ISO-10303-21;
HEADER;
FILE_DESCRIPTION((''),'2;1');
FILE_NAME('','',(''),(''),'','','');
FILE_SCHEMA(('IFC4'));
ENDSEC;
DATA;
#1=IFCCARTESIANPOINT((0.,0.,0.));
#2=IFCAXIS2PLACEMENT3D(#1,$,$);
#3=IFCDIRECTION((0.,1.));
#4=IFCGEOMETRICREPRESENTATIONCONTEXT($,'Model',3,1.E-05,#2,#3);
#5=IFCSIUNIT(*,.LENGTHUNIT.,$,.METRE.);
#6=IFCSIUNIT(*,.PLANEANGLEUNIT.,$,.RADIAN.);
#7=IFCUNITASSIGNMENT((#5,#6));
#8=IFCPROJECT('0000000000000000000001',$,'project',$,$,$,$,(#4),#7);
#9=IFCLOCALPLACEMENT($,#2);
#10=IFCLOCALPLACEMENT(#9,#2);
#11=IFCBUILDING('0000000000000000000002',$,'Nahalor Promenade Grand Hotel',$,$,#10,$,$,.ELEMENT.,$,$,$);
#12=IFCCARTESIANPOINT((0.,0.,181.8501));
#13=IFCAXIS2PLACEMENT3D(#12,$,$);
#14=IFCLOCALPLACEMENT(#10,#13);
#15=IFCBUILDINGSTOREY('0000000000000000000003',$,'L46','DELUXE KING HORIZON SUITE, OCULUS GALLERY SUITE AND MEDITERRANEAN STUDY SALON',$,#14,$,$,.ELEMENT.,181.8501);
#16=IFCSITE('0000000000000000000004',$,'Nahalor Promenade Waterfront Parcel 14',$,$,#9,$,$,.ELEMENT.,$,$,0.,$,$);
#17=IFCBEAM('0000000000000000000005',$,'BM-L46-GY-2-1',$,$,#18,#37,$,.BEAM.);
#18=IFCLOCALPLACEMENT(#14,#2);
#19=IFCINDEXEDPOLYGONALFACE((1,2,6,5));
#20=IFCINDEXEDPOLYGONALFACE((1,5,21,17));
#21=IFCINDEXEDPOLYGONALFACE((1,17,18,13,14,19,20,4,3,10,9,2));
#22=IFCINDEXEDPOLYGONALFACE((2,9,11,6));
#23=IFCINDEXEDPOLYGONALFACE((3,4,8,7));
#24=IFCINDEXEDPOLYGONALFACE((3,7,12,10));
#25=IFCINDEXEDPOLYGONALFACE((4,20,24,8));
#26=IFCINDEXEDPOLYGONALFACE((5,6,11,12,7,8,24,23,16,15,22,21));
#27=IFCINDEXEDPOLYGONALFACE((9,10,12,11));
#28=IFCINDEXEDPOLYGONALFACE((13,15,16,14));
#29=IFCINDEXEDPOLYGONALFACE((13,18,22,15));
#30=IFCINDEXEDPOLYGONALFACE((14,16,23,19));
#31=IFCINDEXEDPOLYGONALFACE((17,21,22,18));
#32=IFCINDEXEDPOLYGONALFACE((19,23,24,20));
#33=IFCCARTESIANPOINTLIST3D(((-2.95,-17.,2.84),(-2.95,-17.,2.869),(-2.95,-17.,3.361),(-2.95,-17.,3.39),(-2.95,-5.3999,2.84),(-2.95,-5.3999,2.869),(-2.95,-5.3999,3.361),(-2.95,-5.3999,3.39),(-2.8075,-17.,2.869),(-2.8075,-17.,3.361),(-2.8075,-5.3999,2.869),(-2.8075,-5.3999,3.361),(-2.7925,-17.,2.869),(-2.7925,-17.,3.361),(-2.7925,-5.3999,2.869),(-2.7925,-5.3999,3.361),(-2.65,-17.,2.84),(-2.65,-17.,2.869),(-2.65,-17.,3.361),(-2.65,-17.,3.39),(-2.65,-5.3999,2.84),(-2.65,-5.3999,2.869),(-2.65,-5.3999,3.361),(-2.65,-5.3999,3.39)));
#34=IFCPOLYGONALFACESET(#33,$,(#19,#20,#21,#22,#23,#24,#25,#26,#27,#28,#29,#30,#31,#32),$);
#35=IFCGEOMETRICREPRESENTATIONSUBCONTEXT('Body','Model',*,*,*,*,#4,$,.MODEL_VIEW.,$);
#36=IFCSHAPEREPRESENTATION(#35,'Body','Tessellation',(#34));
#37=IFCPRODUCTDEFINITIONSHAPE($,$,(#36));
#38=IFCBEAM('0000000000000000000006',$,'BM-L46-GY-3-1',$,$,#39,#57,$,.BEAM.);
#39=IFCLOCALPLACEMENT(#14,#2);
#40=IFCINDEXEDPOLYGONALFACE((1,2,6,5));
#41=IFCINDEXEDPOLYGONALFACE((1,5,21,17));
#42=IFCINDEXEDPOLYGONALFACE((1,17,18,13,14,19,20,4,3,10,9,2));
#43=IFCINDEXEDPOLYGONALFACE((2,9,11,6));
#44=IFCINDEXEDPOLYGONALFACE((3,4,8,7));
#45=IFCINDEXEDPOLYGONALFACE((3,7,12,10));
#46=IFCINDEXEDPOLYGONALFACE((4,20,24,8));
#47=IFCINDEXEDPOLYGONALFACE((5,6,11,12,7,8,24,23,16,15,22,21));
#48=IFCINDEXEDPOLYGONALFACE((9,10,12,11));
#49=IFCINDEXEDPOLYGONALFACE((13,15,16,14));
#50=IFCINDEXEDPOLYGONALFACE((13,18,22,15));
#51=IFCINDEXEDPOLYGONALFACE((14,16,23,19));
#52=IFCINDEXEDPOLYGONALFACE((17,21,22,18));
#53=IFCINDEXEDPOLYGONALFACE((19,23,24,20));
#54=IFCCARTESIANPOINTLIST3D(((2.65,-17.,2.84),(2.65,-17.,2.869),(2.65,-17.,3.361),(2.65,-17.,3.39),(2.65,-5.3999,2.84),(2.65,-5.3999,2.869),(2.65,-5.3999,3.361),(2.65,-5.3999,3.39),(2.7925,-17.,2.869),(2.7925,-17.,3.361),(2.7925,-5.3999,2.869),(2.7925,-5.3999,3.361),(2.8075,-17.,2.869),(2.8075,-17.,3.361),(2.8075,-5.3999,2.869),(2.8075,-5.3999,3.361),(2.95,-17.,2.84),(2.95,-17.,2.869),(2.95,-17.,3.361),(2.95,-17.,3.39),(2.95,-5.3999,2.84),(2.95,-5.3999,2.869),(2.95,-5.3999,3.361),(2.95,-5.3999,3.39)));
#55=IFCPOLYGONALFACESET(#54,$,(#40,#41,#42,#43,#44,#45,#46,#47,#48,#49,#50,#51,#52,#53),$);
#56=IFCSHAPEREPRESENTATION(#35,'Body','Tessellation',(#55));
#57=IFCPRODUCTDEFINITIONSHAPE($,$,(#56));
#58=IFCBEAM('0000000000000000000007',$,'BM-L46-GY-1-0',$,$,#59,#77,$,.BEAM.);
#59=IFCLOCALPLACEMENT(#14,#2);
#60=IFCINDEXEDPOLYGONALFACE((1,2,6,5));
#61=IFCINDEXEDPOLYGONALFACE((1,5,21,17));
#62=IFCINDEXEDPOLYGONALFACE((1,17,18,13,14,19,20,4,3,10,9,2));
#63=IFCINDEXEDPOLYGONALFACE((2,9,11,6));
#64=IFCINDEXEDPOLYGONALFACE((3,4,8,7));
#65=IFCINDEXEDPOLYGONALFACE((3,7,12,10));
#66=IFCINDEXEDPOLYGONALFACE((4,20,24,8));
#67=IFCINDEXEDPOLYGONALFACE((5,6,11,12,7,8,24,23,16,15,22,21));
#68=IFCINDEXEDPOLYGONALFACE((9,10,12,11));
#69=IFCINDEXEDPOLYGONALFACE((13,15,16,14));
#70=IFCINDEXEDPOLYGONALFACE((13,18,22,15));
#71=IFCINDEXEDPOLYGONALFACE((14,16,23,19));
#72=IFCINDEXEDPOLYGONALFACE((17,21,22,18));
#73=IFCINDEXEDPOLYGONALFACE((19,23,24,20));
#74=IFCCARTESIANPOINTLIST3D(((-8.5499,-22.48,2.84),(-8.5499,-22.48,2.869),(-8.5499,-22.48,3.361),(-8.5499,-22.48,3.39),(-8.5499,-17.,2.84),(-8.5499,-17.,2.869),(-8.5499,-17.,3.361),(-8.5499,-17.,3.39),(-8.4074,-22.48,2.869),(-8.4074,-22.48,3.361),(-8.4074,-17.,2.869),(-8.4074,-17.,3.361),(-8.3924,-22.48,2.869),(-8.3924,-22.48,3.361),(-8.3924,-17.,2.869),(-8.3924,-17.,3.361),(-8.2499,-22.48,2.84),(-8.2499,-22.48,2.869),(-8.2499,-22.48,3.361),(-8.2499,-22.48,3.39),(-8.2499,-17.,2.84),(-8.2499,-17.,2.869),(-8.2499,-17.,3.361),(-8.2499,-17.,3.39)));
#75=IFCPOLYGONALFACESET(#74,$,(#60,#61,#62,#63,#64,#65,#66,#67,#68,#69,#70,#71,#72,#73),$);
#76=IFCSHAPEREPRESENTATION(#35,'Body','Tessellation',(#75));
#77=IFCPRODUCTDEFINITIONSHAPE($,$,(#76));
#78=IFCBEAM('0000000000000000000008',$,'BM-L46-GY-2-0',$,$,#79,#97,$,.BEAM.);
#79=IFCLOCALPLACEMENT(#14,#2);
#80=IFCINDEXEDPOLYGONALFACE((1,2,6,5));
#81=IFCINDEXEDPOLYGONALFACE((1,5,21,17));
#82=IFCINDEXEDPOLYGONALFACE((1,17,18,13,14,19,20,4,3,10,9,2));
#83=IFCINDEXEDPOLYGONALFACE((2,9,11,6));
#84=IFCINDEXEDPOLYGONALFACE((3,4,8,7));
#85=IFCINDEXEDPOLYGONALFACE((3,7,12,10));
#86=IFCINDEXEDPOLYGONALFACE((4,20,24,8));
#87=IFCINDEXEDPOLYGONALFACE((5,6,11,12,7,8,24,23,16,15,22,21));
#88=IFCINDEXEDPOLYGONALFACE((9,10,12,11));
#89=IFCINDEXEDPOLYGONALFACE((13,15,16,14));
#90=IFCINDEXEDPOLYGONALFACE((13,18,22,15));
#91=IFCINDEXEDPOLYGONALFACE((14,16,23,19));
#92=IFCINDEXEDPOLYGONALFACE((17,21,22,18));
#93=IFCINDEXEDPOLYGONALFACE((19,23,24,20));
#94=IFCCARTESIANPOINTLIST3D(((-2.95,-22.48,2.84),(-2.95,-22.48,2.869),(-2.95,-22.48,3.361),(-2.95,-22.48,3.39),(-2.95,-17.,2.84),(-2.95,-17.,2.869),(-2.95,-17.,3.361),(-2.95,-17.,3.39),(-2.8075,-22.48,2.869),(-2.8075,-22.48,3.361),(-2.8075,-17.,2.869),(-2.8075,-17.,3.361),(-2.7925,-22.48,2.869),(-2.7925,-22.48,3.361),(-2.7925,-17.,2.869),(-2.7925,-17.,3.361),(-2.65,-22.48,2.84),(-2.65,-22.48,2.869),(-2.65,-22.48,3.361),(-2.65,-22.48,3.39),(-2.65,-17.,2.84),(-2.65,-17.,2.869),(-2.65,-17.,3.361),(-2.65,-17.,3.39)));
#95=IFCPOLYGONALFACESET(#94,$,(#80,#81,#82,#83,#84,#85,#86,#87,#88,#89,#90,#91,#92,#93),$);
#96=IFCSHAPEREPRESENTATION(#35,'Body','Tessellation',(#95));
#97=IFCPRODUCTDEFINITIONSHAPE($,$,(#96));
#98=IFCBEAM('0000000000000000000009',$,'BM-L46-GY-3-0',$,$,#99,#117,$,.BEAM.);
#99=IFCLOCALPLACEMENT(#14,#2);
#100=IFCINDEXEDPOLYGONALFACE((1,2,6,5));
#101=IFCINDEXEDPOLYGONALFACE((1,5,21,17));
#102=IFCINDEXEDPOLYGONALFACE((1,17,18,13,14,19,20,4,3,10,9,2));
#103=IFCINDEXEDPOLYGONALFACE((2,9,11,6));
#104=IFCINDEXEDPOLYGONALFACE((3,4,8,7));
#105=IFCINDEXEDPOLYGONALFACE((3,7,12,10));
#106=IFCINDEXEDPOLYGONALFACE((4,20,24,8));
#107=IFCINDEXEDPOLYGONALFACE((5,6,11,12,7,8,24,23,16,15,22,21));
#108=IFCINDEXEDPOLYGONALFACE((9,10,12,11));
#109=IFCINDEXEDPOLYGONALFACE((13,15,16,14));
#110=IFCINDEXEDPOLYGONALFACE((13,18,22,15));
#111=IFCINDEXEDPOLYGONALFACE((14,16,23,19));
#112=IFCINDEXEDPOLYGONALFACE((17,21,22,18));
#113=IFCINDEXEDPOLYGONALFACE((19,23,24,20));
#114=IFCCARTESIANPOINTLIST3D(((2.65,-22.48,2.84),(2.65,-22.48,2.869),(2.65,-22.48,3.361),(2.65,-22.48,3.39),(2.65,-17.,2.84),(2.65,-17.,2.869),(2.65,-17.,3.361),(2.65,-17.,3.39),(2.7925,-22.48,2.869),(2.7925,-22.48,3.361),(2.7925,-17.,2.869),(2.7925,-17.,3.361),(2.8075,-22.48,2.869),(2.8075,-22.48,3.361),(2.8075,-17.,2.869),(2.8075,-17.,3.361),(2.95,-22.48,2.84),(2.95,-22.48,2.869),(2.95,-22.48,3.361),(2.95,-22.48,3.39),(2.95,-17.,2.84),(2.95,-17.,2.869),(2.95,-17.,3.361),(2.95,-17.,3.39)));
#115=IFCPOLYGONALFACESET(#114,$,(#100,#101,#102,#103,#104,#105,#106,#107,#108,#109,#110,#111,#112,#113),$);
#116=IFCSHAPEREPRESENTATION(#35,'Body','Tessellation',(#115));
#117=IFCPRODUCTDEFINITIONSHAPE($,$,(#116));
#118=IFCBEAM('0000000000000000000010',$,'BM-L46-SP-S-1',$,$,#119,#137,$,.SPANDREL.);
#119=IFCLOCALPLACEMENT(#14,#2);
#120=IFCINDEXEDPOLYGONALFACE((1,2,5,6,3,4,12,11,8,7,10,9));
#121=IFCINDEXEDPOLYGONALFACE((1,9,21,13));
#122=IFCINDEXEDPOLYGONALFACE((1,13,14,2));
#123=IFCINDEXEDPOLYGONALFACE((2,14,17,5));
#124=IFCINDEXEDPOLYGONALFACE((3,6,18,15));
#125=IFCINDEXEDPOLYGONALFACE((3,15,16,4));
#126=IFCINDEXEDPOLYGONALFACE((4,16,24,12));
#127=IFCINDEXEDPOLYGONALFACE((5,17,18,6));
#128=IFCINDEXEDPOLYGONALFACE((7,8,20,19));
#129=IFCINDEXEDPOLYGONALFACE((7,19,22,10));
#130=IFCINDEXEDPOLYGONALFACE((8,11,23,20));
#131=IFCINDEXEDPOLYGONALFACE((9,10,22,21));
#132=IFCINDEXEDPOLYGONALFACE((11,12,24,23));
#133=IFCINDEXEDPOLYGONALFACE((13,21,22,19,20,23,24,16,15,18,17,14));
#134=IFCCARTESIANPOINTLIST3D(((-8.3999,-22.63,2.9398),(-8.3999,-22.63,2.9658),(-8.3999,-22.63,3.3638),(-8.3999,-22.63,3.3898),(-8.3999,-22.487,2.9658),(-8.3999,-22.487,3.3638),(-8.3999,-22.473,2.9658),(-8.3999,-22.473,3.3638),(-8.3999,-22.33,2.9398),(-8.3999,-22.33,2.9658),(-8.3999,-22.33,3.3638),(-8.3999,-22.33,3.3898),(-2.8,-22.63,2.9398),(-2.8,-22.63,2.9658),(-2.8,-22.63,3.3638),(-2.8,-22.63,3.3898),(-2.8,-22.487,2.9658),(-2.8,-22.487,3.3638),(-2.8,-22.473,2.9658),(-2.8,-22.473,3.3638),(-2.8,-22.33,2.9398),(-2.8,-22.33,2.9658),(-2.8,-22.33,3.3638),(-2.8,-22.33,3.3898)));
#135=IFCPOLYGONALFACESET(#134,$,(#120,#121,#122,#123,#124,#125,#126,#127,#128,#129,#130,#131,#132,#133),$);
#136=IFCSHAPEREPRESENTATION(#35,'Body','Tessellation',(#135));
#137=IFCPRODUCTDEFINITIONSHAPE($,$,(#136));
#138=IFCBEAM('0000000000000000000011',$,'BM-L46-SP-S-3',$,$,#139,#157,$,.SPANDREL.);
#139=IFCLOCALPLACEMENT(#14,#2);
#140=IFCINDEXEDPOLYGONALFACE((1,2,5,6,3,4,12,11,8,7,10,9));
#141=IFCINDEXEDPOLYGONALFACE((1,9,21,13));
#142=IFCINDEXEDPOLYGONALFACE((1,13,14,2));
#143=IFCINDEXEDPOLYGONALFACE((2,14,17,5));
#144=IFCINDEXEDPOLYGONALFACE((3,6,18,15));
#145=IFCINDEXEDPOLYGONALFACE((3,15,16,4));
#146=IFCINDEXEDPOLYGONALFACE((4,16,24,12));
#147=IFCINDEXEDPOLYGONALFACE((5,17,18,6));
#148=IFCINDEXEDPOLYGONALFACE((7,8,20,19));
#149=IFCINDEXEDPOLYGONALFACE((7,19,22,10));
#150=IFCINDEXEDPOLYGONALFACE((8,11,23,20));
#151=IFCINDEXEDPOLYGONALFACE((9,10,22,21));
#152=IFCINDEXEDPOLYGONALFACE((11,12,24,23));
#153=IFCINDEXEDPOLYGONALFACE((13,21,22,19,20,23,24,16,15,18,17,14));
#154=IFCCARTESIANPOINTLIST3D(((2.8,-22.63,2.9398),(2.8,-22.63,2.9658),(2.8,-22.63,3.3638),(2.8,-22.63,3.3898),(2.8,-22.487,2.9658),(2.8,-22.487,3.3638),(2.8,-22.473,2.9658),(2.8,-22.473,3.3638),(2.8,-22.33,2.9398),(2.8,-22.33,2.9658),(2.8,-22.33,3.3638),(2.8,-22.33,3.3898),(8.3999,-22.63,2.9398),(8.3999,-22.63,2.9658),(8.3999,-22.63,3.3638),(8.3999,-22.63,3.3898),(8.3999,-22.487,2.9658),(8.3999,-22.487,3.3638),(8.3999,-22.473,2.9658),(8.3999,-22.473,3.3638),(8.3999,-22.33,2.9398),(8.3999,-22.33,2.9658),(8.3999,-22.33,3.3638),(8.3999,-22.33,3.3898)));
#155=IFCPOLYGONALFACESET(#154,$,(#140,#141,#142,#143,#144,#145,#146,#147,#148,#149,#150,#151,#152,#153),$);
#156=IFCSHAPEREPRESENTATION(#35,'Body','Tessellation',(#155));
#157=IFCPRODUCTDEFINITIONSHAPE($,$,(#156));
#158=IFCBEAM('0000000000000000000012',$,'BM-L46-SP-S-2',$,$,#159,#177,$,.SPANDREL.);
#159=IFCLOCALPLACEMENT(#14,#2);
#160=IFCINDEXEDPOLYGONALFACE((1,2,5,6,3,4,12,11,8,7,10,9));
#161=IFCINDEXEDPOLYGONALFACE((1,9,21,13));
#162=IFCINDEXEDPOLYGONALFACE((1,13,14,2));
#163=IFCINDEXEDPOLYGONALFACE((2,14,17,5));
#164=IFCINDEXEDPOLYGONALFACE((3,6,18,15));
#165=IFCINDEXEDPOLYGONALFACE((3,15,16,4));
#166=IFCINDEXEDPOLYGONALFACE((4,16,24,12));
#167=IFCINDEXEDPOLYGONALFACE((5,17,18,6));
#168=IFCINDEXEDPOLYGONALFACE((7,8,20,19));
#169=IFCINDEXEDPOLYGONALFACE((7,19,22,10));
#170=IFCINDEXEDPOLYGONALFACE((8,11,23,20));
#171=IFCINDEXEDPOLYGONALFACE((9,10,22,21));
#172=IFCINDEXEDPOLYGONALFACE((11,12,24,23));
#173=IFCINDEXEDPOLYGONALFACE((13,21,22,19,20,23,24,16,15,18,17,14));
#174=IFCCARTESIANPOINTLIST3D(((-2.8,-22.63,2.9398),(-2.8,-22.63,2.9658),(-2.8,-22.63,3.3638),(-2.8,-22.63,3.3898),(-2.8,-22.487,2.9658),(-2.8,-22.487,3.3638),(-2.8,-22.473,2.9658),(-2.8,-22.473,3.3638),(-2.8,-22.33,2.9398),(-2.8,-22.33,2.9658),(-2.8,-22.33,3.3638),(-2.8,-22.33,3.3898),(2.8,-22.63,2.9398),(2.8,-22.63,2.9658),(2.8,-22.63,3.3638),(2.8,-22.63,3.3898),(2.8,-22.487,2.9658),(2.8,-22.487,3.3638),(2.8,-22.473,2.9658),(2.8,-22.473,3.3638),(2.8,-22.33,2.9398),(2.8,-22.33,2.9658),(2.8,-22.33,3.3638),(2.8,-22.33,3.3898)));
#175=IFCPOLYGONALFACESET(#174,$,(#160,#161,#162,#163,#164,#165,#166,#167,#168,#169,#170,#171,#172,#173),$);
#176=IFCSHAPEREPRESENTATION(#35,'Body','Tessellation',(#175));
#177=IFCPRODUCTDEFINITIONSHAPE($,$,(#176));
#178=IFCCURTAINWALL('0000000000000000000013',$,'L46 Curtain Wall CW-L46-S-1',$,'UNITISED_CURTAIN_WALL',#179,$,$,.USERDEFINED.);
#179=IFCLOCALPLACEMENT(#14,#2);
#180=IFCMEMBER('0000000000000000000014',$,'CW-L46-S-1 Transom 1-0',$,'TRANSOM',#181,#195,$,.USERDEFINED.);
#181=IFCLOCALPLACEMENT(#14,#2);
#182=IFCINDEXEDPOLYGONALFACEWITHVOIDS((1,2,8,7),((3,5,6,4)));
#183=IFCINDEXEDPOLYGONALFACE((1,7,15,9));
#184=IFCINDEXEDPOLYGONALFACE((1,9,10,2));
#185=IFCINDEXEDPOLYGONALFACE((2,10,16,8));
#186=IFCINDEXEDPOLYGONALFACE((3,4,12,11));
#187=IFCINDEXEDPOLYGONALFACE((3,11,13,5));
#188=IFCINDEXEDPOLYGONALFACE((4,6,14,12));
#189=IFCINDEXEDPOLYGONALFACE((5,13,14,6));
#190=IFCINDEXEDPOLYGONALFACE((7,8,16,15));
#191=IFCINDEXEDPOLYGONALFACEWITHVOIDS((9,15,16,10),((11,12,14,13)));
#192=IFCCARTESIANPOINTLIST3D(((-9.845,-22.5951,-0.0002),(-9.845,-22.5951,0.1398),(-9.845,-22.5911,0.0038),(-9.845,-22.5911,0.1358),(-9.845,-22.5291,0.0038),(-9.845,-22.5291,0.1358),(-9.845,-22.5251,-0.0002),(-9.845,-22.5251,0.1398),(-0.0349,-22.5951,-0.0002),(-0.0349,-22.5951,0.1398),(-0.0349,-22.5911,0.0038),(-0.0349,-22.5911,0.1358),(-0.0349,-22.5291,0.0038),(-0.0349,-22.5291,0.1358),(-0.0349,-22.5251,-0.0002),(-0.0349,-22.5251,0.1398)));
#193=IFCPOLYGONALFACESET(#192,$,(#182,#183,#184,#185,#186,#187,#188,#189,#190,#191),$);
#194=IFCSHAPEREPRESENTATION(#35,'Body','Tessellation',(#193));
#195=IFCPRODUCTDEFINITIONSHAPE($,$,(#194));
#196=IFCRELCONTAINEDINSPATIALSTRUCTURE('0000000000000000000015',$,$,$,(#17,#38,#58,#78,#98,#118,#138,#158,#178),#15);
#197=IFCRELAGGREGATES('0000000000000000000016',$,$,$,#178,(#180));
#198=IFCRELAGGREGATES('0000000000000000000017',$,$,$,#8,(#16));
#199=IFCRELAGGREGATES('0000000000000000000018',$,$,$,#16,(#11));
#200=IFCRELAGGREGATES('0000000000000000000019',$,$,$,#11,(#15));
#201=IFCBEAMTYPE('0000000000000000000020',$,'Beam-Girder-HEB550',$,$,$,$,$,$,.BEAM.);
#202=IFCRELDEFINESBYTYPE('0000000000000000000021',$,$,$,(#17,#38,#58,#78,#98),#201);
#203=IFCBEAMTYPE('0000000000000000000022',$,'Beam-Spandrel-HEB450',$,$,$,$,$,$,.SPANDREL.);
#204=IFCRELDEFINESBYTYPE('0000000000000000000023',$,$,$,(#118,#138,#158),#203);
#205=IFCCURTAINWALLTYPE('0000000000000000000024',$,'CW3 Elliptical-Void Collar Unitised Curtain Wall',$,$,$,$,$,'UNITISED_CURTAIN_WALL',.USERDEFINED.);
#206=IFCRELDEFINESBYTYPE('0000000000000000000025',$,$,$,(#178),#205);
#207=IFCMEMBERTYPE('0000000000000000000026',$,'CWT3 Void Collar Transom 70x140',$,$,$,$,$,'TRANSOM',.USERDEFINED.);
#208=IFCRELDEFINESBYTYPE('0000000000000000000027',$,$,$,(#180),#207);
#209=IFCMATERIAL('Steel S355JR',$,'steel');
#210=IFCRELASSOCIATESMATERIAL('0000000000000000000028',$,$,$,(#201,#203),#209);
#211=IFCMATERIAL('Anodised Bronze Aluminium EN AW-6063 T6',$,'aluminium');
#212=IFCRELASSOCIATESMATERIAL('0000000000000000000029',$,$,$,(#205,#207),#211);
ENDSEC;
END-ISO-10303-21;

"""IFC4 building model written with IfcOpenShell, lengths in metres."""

from ifc_helpers import new_model, si_unit, direction, frame, origin, origin_2d, place, context, subcontext, project, spatial, hollow_rectangle, i_section, extrude, source, transform, mapped, material, material_profile, profile_set, type_object, element, aggregate, save


model = new_model("IFC4")

# Units and contexts
model_context = context("Model", 3, precision=1e-05, world=origin(), true_north=direction((0.0, 1.0)))
body_context = subcontext(model_context, "Body", "Model", "MODEL_VIEW")
ifc_project = project(units=[si_unit("LENGTHUNIT", "METRE"), si_unit("PLANEANGLEUNIT", "RADIAN")], contexts=[model_context])

# Site, building, storey
site_placement = place(None, origin())
site = spatial("IfcSite", under=ifc_project, at=site_placement, Name="Nahalor Promenade Waterfront Parcel 14", CompositionType="ELEMENT", RefElevation=0.0)
building_placement = place(site_placement, origin())
building = spatial("IfcBuilding", under=site, at=building_placement, Name="Nahalor Promenade Grand Hotel", CompositionType="ELEMENT")
storey_placement = place(building_placement, frame((0.0, 0.0, 181.8501)))
storey = spatial("IfcBuildingStorey", under=building, at=storey_placement, Name="L46", Description="DELUXE KING HORIZON SUITE, OCULUS GALLERY SUITE AND MEDITERRANEAN STUDY SALON", CompositionType="ELEMENT", Elevation=181.8501)

# Beams
ifc_material_1 = material(Name="Steel S355JR", Category="steel")
ifc_material_profile_1 = material_profile(ifc_material_1, i_section(OverallWidth=0.3, OverallDepth=0.55, WebThickness=0.015, FlangeThickness=0.029, at=origin_2d()), Name="HEB 550")
ifc_profile_set_1 = profile_set([ifc_material_profile_1], Name="Steel S355JR")
beam_type_1 = type_object("IfcBeamType", Name="Beam-Girder-HEB550", PredefinedType="BEAM", material=ifc_profile_set_1)
shared_shape_1 = source(origin(), body_context, "Body", "SweptSolid", [
    extrude(i_section(OverallWidth=0.3, OverallDepth=0.55, WebThickness=0.015, FlangeThickness=0.029, at=origin_2d()), origin(), (0.0, 0.0, 1.0), 11.6001),
])
for number, where, z_axis, x_axis, name in (
    (1, (-2.8, -17.0, 3.115), (0.0, 1.0, 0.0), (-1.0, 0.0, 0.0), "BM-L46-GY-2-1"),
    (2, (2.8, -17.0, 3.115), (0.0, 1.0, 0.0), (-1.0, 0.0, 0.0), "BM-L46-GY-3-1"),
):
    element("IfcBeam", number, at=place(storey_placement, frame(where, z_axis=z_axis, x_axis=x_axis)), inside=storey, type_object=beam_type_1, Name=name, PredefinedType="BEAM", context=body_context, shape_type="MappedRepresentation", body=[
        mapped(shared_shape_1, transform((0.0, 0.0, 0.0), scale=1.0)),
    ])
shared_shape_2 = source(origin(), body_context, "Body", "SweptSolid", [
    extrude(i_section(OverallWidth=0.3, OverallDepth=0.55, WebThickness=0.015, FlangeThickness=0.029, at=origin_2d()), origin(), (0.0, 0.0, 1.0), 5.48),
])
for number, where, z_axis, x_axis, name in (
    (3, (-8.3999, -22.48, 3.115), (0.0, 1.0, 0.0), (-1.0, 0.0, 0.0), "BM-L46-GY-1-0"),
    (4, (-2.8, -22.48, 3.115), (0.0, 1.0, 0.0), (-1.0, 0.0, 0.0), "BM-L46-GY-2-0"),
    (5, (2.8, -22.48, 3.115), (0.0, 1.0, 0.0), (-1.0, 0.0, 0.0), "BM-L46-GY-3-0"),
):
    element("IfcBeam", number, at=place(storey_placement, frame(where, z_axis=z_axis, x_axis=x_axis)), inside=storey, type_object=beam_type_1, Name=name, PredefinedType="BEAM", context=body_context, shape_type="MappedRepresentation", body=[
        mapped(shared_shape_2, transform((0.0, 0.0, 0.0), scale=1.0)),
    ])
ifc_material_profile_2 = material_profile(ifc_material_1, i_section(OverallWidth=0.3, OverallDepth=0.45, WebThickness=0.014, FlangeThickness=0.026, at=origin_2d()), Name="HEB 450")
ifc_profile_set_2 = profile_set([ifc_material_profile_2], Name="Steel S355JR")
beam_type_2 = type_object("IfcBeamType", Name="Beam-Spandrel-HEB450", PredefinedType="SPANDREL", material=ifc_profile_set_2)
shared_shape_3 = source(origin(), body_context, "Body", "SweptSolid", [
    extrude(i_section(OverallWidth=0.3, OverallDepth=0.45, WebThickness=0.014, FlangeThickness=0.026, at=origin_2d()), origin(), (0.0, 0.0, 1.0), 5.5999),
])
for number, where, z_axis, x_axis, name in (
    (6, (-8.3999, -22.48, 3.1648), (1.0, 0.0, 0.0), (0.0, 1.0, 0.0), "BM-L46-SP-S-1"),
    (7, (2.8, -22.48, 3.1648), (1.0, 0.0, 0.0), (0.0, 1.0, 0.0), "BM-L46-SP-S-3"),
):
    element("IfcBeam", number, at=place(storey_placement, frame(where, z_axis=z_axis, x_axis=x_axis)), inside=storey, type_object=beam_type_2, Name=name, PredefinedType="SPANDREL", context=body_context, shape_type="MappedRepresentation", body=[
        mapped(shared_shape_3, transform((0.0, 0.0, 0.0), scale=1.0)),
    ])
shared_shape_4 = source(origin(), body_context, "Body", "SweptSolid", [
    extrude(i_section(OverallWidth=0.3, OverallDepth=0.45, WebThickness=0.014, FlangeThickness=0.026, at=origin_2d()), origin(), (0.0, 0.0, 1.0), 5.6001),
])
beam_1_placement = place(storey_placement, frame((-2.8, -22.48, 3.1648), z_axis=(1.0, 0.0, 0.0), x_axis=(0.0, 1.0, 0.0)))
element("IfcBeam", 8, at=beam_1_placement, inside=storey, type_object=beam_type_2, Name="BM-L46-SP-S-2", PredefinedType="SPANDREL", context=body_context, shape_type="MappedRepresentation", body=[
    mapped(shared_shape_4, transform((0.0, 0.0, 0.0), scale=1.0)),
])

# Curtain wall, member
ifc_material_2 = material(Name="Anodised Bronze Aluminium EN AW-6063 T6", Category="aluminium")
curtain_wall_type = type_object("IfcCurtainWallType", Name="CW3 Elliptical-Void Collar Unitised Curtain Wall", ElementType="UNITISED_CURTAIN_WALL", PredefinedType="USERDEFINED", material=ifc_material_2)
curtain_wall_placement = place(storey_placement, origin())
curtain_wall = element("IfcCurtainWall", 9, at=curtain_wall_placement, inside=storey, type_object=curtain_wall_type, Name="L46 Curtain Wall CW-L46-S-1", ObjectType="UNITISED_CURTAIN_WALL", PredefinedType="USERDEFINED")
ifc_material_profile_3 = material_profile(ifc_material_2, hollow_rectangle(XDim=0.07, YDim=0.14, WallThickness=0.004, at=origin_2d()), Name="CWT 70x140x4")
ifc_profile_set_3 = profile_set([ifc_material_profile_3], Name="Anodised Bronze Aluminium EN AW-6063 T6")
member_type_1 = type_object("IfcMemberType", Name="CWT3 Void Collar Transom 70x140", ElementType="TRANSOM", PredefinedType="USERDEFINED", material=ifc_profile_set_3)
shared_shape_5 = source(origin(), body_context, "Body", "SweptSolid", [
    extrude(hollow_rectangle(XDim=0.07, YDim=0.14, WallThickness=0.004, at=origin_2d()), origin(), (0.0, 0.0, 1.0), 9.8101),
])
member_1_placement = place(storey_placement, frame((-9.845, -22.5601, 0.0698), z_axis=(1.0, 0.0, 0.0), x_axis=(0.0, 1.0, 0.0)))
member_1 = element("IfcMember", 10, at=member_1_placement, type_object=member_type_1, Name="CW-L46-S-1 Transom 1-0", ObjectType="TRANSOM", PredefinedType="USERDEFINED", context=body_context, shape_type="MappedRepresentation", body=[
    mapped(shared_shape_5, transform((0.0, 0.0, 0.0), scale=1.0)),
])
aggregate(curtain_wall, [member_1])

save(model, "model.ifc")
